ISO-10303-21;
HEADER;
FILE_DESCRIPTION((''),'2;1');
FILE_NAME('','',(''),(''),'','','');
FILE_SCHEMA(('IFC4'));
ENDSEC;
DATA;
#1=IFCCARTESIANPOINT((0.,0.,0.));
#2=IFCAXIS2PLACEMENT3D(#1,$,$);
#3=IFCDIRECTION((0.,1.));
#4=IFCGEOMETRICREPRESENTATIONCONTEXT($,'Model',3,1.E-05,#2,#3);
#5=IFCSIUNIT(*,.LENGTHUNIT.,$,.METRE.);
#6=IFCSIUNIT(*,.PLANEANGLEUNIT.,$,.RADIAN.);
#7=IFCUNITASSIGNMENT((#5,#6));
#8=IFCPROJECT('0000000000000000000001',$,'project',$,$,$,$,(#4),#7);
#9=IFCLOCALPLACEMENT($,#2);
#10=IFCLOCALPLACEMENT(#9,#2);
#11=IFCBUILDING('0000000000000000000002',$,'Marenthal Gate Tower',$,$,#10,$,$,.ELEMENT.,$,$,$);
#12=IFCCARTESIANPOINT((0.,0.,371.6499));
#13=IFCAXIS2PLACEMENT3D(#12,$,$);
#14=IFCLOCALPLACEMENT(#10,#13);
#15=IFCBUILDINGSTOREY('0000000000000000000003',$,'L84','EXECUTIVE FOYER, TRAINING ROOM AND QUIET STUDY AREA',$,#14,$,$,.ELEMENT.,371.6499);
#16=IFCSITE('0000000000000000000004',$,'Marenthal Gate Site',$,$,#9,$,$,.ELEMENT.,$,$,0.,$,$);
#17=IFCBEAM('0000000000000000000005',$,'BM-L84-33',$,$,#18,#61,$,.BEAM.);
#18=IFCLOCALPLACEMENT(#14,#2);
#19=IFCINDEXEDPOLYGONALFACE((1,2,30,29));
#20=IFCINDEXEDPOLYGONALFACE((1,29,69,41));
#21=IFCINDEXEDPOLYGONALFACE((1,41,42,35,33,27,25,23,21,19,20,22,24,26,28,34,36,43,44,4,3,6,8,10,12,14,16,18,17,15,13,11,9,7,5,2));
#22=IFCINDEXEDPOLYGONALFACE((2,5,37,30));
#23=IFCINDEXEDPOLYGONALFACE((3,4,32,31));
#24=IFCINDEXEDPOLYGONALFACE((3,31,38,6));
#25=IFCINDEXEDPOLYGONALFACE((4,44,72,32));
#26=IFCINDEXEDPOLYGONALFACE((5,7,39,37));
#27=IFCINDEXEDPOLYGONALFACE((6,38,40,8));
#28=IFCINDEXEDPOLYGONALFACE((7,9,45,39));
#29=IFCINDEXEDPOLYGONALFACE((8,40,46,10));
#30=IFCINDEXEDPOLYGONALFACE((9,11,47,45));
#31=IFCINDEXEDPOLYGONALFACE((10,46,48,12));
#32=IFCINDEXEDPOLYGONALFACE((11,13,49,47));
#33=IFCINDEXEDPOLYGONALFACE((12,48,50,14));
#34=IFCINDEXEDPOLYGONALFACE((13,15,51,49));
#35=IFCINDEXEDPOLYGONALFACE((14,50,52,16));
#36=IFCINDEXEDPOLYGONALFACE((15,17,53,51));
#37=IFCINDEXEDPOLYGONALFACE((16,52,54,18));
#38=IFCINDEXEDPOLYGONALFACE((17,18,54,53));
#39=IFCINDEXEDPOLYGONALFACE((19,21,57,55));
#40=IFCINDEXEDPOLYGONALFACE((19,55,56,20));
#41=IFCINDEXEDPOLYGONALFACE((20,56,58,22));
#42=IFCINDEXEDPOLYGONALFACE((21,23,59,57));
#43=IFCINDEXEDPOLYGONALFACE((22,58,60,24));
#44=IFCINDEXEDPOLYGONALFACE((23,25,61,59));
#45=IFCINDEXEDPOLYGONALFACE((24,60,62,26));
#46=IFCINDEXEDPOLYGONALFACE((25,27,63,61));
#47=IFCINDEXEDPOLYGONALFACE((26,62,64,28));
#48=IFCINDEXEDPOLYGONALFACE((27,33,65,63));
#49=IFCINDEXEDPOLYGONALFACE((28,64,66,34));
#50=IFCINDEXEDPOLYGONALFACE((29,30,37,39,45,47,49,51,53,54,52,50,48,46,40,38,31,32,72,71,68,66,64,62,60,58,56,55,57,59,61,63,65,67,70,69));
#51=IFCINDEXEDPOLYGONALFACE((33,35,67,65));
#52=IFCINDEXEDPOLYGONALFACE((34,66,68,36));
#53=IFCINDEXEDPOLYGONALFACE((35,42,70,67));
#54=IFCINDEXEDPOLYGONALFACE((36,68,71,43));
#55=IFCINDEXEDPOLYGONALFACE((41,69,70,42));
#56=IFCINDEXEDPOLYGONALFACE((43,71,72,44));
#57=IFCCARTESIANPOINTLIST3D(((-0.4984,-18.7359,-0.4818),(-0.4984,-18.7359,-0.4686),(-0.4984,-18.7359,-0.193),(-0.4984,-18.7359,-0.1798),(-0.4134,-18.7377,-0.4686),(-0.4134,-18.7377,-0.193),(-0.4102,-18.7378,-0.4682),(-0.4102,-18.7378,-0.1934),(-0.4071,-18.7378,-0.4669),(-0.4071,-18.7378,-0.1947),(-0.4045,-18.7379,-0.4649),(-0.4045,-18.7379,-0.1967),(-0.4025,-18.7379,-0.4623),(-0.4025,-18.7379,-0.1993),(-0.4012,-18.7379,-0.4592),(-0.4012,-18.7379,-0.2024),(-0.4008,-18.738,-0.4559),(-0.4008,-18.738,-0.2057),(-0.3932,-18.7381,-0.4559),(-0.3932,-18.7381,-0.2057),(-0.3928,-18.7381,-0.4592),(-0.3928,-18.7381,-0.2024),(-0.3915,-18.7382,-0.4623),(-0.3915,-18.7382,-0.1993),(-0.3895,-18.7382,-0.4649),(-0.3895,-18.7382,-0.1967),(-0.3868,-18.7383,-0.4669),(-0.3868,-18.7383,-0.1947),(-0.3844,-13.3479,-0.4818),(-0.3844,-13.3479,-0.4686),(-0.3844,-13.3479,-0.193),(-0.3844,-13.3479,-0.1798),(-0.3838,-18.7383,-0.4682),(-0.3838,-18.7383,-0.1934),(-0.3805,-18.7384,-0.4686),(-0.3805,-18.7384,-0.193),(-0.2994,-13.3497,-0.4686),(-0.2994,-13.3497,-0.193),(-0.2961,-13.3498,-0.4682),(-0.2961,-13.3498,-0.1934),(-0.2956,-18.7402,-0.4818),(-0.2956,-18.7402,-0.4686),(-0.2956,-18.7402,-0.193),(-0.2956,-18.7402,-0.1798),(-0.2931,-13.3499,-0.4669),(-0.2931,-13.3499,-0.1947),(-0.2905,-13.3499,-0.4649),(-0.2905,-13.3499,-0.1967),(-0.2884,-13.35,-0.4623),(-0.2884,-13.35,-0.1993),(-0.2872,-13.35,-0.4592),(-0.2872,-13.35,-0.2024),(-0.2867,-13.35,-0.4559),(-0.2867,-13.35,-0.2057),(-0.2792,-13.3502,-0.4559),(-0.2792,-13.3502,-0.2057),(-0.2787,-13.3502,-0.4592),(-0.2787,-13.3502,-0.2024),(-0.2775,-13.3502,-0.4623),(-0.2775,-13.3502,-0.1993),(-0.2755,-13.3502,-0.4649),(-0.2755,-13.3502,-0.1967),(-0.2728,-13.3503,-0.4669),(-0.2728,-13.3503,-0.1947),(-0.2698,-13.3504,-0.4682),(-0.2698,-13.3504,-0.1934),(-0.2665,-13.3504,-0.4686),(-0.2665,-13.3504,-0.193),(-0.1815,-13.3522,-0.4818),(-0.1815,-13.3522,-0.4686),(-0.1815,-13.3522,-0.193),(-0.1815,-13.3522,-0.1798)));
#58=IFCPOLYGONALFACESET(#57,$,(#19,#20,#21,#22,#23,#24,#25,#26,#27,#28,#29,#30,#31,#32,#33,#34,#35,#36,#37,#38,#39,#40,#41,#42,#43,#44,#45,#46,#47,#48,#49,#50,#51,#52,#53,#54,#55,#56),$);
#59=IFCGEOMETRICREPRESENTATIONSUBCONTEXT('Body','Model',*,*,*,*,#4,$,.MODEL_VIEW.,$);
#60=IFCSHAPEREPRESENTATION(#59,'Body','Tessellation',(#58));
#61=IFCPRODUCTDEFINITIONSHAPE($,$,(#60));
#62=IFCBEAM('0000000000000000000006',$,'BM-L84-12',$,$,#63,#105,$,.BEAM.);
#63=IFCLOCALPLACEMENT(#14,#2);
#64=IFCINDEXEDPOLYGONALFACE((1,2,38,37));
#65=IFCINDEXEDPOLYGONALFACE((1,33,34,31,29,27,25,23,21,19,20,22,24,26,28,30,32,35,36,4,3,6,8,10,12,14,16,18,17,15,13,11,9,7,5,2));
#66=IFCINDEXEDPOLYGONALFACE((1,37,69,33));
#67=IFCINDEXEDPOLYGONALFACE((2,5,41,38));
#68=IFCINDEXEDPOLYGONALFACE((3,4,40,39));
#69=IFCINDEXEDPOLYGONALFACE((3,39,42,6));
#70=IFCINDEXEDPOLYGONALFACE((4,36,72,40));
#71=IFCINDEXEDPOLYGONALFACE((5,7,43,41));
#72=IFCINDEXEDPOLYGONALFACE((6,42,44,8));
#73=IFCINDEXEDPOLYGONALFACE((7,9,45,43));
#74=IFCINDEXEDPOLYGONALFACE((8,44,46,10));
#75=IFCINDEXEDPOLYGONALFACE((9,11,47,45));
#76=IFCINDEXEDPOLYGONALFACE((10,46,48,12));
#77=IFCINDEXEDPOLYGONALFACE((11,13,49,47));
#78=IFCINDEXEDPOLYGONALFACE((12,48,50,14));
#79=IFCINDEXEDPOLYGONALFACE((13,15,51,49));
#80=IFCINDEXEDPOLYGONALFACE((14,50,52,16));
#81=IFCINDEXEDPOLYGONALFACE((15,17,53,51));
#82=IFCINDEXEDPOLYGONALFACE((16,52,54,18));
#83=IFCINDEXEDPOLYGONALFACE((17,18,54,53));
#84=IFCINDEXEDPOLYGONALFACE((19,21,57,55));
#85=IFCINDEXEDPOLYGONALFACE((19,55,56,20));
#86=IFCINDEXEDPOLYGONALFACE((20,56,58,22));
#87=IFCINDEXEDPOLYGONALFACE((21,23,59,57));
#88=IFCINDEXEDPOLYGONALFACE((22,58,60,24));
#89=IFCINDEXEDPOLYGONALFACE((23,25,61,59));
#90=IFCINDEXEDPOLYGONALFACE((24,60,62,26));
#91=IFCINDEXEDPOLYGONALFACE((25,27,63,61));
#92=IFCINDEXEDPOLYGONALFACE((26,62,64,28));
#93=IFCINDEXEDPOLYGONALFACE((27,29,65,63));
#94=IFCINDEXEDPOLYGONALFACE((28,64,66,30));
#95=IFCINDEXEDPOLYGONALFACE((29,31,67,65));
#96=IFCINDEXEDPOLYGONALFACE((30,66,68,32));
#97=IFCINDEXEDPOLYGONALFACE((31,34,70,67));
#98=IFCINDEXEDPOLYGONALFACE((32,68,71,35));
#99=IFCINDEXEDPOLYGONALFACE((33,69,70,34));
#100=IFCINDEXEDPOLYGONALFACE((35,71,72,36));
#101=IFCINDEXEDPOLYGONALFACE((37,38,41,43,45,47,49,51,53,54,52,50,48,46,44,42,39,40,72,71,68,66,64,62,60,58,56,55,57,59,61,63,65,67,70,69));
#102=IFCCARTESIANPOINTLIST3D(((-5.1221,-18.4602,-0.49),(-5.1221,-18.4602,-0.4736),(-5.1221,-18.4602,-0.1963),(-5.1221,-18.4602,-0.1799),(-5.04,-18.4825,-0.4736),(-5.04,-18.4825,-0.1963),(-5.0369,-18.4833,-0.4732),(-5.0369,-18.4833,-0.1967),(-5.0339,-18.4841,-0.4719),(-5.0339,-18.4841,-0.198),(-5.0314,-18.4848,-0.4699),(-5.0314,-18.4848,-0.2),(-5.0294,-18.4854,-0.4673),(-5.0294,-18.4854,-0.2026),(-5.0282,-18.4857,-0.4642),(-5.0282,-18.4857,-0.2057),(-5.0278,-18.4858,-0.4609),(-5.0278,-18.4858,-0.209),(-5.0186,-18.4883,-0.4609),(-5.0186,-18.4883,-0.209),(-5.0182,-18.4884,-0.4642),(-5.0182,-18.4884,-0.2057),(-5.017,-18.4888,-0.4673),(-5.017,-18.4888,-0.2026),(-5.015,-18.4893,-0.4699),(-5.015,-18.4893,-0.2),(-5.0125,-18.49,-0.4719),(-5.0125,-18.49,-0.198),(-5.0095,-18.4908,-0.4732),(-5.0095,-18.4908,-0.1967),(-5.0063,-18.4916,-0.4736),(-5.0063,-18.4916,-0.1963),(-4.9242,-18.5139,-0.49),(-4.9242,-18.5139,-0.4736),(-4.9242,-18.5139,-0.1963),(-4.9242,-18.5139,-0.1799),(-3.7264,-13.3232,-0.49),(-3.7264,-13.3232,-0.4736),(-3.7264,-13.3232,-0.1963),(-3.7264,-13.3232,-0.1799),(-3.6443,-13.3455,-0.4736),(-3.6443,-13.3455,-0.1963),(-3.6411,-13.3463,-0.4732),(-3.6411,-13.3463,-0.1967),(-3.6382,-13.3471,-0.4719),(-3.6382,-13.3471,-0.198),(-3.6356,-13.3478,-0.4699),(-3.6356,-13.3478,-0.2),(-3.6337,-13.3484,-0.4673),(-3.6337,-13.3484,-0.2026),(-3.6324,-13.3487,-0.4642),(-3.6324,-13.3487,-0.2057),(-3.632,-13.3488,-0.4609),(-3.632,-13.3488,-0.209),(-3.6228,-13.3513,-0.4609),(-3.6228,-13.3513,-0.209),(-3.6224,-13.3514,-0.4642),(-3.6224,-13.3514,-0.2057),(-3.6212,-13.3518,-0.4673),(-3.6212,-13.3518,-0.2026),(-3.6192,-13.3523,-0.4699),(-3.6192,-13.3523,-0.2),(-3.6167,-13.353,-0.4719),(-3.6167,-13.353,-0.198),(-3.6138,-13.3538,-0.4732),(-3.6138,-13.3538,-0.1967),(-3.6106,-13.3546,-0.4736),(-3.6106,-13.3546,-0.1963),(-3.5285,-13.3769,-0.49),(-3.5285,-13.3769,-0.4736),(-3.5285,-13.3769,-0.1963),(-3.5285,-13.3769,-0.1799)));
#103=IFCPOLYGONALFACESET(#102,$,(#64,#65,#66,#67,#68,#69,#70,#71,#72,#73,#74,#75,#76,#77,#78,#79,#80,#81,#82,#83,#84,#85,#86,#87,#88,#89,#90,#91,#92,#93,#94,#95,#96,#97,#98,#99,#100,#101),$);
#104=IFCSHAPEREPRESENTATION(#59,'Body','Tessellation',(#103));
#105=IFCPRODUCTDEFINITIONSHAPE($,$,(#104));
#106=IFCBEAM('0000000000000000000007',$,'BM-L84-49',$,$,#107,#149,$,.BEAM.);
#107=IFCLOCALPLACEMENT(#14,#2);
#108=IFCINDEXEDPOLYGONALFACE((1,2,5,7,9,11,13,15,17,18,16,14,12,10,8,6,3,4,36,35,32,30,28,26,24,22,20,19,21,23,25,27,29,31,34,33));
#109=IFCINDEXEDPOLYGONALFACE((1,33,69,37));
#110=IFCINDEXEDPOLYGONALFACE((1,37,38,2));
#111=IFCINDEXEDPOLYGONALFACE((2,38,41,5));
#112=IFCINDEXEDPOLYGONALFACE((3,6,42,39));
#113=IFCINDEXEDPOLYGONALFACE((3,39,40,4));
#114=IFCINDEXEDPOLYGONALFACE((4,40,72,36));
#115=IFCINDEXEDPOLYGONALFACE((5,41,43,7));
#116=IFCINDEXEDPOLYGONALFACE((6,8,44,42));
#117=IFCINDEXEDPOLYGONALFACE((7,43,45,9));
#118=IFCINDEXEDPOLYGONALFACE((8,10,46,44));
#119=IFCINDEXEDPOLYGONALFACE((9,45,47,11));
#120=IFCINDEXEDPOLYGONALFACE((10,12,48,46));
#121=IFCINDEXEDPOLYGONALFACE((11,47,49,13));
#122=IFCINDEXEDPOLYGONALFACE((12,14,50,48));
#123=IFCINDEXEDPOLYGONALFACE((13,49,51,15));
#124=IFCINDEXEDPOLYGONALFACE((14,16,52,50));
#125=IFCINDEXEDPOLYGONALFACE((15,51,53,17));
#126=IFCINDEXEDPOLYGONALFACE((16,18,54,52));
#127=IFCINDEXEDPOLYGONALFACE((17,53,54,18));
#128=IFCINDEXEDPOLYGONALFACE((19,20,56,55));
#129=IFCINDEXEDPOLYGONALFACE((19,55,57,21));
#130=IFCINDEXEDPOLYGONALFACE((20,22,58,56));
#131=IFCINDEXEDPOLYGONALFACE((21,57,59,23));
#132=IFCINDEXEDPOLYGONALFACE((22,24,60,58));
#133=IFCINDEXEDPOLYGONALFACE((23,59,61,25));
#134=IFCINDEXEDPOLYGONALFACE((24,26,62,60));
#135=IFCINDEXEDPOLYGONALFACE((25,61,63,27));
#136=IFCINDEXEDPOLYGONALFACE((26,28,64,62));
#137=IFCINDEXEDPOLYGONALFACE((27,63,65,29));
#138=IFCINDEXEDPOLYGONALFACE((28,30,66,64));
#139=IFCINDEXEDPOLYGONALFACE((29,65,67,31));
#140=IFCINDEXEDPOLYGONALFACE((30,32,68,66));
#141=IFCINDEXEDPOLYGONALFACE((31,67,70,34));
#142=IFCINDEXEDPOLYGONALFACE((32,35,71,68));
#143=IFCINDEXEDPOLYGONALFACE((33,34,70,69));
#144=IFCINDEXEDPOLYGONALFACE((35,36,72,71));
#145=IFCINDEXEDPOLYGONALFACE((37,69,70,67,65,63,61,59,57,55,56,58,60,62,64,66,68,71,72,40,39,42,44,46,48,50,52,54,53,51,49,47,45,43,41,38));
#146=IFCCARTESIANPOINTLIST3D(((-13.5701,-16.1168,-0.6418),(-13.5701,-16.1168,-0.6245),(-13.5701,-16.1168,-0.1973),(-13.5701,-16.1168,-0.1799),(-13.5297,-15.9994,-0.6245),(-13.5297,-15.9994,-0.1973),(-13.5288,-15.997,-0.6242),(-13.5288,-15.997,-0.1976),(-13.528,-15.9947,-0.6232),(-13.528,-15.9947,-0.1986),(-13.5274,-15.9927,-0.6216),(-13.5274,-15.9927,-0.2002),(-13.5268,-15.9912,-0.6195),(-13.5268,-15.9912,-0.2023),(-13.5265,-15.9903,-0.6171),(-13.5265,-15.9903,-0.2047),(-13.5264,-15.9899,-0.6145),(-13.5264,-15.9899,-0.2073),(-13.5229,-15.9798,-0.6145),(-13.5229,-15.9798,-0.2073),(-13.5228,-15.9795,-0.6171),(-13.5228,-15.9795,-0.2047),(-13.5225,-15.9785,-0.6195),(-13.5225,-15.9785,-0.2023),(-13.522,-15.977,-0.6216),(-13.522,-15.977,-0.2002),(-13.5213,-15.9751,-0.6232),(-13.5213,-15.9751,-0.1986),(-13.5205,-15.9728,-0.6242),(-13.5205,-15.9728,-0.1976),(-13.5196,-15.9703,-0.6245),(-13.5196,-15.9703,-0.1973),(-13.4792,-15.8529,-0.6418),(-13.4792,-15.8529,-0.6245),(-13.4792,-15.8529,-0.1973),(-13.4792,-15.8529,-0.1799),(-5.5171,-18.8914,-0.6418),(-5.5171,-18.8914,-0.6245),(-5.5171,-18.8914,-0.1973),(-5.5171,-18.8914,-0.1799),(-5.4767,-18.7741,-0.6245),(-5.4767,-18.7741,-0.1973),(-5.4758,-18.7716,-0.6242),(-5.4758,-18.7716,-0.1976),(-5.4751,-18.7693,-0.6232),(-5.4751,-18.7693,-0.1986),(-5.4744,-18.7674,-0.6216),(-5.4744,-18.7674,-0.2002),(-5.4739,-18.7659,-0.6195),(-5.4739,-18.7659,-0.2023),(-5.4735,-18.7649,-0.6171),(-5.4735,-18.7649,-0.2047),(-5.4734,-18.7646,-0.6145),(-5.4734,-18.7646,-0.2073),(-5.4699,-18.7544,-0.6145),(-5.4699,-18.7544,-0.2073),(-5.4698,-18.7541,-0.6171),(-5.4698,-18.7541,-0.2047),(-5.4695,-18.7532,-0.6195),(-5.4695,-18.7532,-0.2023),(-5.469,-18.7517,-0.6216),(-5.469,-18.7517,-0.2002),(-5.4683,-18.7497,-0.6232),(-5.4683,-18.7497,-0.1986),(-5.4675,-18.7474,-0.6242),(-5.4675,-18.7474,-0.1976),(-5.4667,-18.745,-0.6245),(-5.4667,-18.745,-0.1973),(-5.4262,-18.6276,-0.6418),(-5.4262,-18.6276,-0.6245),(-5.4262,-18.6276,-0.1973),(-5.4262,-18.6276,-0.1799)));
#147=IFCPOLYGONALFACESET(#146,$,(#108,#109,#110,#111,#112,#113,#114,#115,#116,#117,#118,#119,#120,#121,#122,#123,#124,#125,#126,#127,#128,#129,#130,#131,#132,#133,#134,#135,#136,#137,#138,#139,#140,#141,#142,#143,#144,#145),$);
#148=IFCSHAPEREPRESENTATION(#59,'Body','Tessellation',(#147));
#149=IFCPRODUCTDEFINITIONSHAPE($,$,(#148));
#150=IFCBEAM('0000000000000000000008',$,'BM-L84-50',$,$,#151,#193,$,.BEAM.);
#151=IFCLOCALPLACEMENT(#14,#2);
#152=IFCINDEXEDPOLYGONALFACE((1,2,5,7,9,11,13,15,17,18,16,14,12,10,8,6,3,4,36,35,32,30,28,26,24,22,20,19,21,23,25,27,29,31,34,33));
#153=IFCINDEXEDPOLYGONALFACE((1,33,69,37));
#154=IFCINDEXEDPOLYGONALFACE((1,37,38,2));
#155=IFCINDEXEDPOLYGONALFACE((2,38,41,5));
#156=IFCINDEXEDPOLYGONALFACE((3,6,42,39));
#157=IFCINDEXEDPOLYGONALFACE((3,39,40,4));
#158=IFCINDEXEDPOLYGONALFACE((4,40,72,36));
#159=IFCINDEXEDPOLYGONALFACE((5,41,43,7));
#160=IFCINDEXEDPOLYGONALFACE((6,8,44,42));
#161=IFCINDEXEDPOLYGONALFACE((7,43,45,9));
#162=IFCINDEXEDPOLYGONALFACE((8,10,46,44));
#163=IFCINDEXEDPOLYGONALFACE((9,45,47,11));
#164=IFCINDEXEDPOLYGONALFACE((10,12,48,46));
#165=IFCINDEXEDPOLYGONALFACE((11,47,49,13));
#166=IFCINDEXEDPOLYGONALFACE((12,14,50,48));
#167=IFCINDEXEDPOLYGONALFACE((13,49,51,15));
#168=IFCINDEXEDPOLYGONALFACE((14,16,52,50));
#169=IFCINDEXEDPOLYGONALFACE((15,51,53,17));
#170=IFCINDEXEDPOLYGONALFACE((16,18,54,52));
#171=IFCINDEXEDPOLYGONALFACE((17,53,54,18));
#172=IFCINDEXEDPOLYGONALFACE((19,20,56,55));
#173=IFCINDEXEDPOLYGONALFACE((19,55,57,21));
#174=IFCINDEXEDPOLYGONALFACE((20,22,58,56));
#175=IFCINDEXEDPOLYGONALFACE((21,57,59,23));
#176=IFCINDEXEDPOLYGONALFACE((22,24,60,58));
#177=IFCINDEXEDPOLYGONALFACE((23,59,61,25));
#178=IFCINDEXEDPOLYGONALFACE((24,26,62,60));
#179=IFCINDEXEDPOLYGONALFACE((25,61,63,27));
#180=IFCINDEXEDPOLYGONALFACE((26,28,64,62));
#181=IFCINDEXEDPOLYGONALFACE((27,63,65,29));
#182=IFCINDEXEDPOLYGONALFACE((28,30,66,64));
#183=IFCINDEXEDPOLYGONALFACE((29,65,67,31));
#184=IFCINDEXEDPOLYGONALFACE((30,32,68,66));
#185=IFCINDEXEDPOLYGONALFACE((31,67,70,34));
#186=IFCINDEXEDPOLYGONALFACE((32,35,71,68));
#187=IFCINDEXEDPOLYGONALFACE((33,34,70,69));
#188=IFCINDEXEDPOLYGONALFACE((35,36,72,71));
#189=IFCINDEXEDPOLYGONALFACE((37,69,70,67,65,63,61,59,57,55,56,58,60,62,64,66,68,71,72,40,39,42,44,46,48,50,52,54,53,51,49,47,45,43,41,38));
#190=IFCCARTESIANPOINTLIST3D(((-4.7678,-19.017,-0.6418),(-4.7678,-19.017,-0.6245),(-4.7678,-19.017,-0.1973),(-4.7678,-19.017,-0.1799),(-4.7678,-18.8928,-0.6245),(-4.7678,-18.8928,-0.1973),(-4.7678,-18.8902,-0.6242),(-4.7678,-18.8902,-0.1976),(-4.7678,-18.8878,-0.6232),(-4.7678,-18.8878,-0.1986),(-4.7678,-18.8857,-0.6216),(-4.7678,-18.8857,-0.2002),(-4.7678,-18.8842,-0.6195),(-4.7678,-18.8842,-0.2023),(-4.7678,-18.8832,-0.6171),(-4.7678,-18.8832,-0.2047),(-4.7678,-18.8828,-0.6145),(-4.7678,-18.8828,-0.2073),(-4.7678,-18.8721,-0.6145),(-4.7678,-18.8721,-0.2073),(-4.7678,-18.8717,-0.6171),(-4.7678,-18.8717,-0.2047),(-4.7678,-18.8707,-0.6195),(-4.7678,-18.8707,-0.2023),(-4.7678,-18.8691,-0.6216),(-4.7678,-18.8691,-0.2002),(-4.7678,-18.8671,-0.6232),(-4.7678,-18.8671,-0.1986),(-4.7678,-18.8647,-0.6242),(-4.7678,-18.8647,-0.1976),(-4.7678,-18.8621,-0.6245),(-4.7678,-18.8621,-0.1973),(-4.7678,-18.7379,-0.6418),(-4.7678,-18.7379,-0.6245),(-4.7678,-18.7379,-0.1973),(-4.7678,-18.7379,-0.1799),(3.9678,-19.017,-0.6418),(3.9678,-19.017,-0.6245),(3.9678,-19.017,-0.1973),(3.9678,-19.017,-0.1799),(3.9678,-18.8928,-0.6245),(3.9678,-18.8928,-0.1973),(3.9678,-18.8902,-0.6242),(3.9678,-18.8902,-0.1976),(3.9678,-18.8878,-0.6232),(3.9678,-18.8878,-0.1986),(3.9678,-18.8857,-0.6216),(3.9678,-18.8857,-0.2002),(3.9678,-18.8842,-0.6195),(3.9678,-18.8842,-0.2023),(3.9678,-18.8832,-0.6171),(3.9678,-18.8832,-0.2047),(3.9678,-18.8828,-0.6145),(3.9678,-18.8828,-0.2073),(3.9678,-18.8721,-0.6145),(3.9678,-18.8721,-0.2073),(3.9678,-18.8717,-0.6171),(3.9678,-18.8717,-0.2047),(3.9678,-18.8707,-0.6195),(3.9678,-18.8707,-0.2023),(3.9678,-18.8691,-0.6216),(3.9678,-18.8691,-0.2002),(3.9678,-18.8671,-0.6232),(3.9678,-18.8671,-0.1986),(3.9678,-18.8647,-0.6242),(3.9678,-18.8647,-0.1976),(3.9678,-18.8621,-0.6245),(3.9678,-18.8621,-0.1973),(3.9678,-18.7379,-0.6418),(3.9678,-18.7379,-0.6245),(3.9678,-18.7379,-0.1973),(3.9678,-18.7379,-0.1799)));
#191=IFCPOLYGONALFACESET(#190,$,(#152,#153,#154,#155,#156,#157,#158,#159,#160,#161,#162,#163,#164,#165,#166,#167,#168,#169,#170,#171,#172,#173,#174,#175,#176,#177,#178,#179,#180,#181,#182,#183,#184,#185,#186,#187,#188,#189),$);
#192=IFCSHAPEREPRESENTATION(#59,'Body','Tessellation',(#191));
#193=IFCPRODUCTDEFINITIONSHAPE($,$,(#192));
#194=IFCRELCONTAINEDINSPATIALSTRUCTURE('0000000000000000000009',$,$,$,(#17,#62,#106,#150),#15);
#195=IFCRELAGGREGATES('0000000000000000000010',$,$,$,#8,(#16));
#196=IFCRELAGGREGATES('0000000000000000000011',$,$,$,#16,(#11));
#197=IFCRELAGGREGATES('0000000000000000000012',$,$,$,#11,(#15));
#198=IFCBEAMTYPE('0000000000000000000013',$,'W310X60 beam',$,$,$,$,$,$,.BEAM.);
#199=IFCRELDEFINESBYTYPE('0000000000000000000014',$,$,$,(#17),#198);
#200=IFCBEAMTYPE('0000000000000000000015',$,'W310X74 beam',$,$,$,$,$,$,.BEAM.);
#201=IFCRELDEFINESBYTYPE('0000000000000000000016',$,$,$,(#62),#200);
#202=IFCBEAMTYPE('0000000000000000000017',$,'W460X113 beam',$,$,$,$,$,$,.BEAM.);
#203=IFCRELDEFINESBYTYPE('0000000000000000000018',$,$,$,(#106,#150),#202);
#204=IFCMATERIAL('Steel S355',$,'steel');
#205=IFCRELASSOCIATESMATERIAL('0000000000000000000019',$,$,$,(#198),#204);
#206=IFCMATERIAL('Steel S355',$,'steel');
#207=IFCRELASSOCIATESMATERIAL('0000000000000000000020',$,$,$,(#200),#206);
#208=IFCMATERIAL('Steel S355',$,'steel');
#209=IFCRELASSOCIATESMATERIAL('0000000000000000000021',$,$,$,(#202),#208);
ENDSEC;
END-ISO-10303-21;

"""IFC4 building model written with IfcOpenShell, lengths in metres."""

from ifc_helpers import new_model, si_unit, direction, frame, origin, origin_2d, place, context, subcontext, project, spatial, i_section, extrude, material, material_profile, profile_set, type_object, element, save


model = new_model("IFC4")

# Units and contexts
model_context = context("Model", 3, precision=1e-05, world=origin(), true_north=direction((0.0, 1.0)))
body_context = subcontext(model_context, "Body", "Model", "MODEL_VIEW")
ifc_project = project(units=[si_unit("LENGTHUNIT", "METRE"), si_unit("PLANEANGLEUNIT", "RADIAN")], contexts=[model_context])

# Site, building, storey
site_placement = place(None, origin())
site = spatial("IfcSite", under=ifc_project, at=site_placement, Name="Marenthal Gate Site", CompositionType="ELEMENT", RefElevation=0.0)
building_placement = place(site_placement, origin())
building = spatial("IfcBuilding", under=site, at=building_placement, Name="Marenthal Gate Tower", CompositionType="ELEMENT")
storey_placement = place(building_placement, frame((0.0, 0.0, 371.6499)))
storey = spatial("IfcBuildingStorey", under=building, at=storey_placement, Name="L84", Description="EXECUTIVE FOYER, TRAINING ROOM AND QUIET STUDY AREA", CompositionType="ELEMENT", Elevation=371.6499)

# Beams
ifc_material_1 = material(Name="Steel S355", Category="steel")
ifc_material_profile_1 = material_profile(ifc_material_1, i_section(OverallWidth=0.2029, OverallDepth=0.302, WebThickness=0.0076, FlangeThickness=0.0132, FilletRadius=0.0127, at=origin_2d()), Name="W310X60")
ifc_profile_set_1 = profile_set([ifc_material_profile_1], Name="Steel S355")
beam_type_1 = type_object("IfcBeamType", Name="W310X60 beam", PredefinedType="BEAM", material=ifc_profile_set_1)
beam_1_placement = place(storey_placement, frame((-0.397, -18.738, -0.3308), z_axis=(0.021156, 0.999776, 0.0), x_axis=(-0.999776, 0.021156, 0.0)))
element("IfcBeam", 1, at=beam_1_placement, inside=storey, type_object=beam_type_1, Name="BM-L84-33", PredefinedType="BEAM", context=body_context, shape_type="SweptSolid", body=[
    extrude(i_section(OverallWidth=0.2029, OverallDepth=0.302, WebThickness=0.0076, FlangeThickness=0.0132, FilletRadius=0.0127, at=origin_2d()), origin(), (0.0, 0.0, 1.0), 5.3892),
])
ifc_material_2 = material(Name="Steel S355", Category="steel")
ifc_material_profile_2 = material_profile(ifc_material_2, i_section(OverallWidth=0.2051, OverallDepth=0.3101, WebThickness=0.0095, FlangeThickness=0.0164, FilletRadius=0.0127, at=origin_2d()), Name="W310X74")
ifc_profile_set_2 = profile_set([ifc_material_profile_2], Name="Steel S355")
beam_type_2 = type_object("IfcBeamType", Name="W310X74 beam", PredefinedType="BEAM", material=ifc_profile_set_2)
beam_2_placement = place(storey_placement, frame((-5.0232, -18.4871, -0.335), z_axis=(0.262201, 0.965013, 0.0), x_axis=(-0.965013, 0.262201, 0.0)))
element("IfcBeam", 2, at=beam_2_placement, inside=storey, type_object=beam_type_2, Name="BM-L84-12", PredefinedType="BEAM", context=body_context, shape_type="SweptSolid", body=[
    extrude(i_section(OverallWidth=0.2051, OverallDepth=0.3101, WebThickness=0.0095, FlangeThickness=0.0164, FilletRadius=0.0127, at=origin_2d()), origin(), (0.0, 0.0, 1.0), 5.3232),
])
ifc_material_3 = material(Name="Steel S355", Category="steel")
ifc_material_profile_3 = material_profile(ifc_material_3, i_section(OverallWidth=0.2791, OverallDepth=0.4619, WebThickness=0.0107, FlangeThickness=0.0173, FilletRadius=0.01, at=origin_2d()), Name="W460X113")
ifc_profile_set_3 = profile_set([ifc_material_profile_3], Name="Steel S355")
beam_type_3 = type_object("IfcBeamType", Name="W460X113 beam", PredefinedType="BEAM", material=ifc_profile_set_3)
beam_3_placement = place(storey_placement, frame((-13.5247, -15.9849, -0.4109), z_axis=(0.945454, -0.325757, 0.0), x_axis=(0.325757, 0.945454, 0.0)))
element("IfcBeam", 3, at=beam_3_placement, inside=storey, type_object=beam_type_3, Name="BM-L84-49", PredefinedType="BEAM", context=body_context, shape_type="SweptSolid", body=[
    extrude(i_section(OverallWidth=0.2791, OverallDepth=0.4619, WebThickness=0.0107, FlangeThickness=0.0173, FilletRadius=0.01, at=origin_2d()), origin(), (0.0, 0.0, 1.0), 8.5176),
])
beam_4_placement = place(storey_placement, frame((-4.7678, -18.8774, -0.4109), z_axis=(1.0, 0.0, 0.0), x_axis=(0.0, 1.0, 0.0)))
element("IfcBeam", 4, at=beam_4_placement, inside=storey, type_object=beam_type_3, Name="BM-L84-50", PredefinedType="BEAM", context=body_context, shape_type="SweptSolid", body=[
    extrude(i_section(OverallWidth=0.2791, OverallDepth=0.4619, WebThickness=0.0107, FlangeThickness=0.0173, FilletRadius=0.01, at=origin_2d()), origin(), (0.0, 0.0, 1.0), 8.7356),
])

save(model, "model.ifc")
